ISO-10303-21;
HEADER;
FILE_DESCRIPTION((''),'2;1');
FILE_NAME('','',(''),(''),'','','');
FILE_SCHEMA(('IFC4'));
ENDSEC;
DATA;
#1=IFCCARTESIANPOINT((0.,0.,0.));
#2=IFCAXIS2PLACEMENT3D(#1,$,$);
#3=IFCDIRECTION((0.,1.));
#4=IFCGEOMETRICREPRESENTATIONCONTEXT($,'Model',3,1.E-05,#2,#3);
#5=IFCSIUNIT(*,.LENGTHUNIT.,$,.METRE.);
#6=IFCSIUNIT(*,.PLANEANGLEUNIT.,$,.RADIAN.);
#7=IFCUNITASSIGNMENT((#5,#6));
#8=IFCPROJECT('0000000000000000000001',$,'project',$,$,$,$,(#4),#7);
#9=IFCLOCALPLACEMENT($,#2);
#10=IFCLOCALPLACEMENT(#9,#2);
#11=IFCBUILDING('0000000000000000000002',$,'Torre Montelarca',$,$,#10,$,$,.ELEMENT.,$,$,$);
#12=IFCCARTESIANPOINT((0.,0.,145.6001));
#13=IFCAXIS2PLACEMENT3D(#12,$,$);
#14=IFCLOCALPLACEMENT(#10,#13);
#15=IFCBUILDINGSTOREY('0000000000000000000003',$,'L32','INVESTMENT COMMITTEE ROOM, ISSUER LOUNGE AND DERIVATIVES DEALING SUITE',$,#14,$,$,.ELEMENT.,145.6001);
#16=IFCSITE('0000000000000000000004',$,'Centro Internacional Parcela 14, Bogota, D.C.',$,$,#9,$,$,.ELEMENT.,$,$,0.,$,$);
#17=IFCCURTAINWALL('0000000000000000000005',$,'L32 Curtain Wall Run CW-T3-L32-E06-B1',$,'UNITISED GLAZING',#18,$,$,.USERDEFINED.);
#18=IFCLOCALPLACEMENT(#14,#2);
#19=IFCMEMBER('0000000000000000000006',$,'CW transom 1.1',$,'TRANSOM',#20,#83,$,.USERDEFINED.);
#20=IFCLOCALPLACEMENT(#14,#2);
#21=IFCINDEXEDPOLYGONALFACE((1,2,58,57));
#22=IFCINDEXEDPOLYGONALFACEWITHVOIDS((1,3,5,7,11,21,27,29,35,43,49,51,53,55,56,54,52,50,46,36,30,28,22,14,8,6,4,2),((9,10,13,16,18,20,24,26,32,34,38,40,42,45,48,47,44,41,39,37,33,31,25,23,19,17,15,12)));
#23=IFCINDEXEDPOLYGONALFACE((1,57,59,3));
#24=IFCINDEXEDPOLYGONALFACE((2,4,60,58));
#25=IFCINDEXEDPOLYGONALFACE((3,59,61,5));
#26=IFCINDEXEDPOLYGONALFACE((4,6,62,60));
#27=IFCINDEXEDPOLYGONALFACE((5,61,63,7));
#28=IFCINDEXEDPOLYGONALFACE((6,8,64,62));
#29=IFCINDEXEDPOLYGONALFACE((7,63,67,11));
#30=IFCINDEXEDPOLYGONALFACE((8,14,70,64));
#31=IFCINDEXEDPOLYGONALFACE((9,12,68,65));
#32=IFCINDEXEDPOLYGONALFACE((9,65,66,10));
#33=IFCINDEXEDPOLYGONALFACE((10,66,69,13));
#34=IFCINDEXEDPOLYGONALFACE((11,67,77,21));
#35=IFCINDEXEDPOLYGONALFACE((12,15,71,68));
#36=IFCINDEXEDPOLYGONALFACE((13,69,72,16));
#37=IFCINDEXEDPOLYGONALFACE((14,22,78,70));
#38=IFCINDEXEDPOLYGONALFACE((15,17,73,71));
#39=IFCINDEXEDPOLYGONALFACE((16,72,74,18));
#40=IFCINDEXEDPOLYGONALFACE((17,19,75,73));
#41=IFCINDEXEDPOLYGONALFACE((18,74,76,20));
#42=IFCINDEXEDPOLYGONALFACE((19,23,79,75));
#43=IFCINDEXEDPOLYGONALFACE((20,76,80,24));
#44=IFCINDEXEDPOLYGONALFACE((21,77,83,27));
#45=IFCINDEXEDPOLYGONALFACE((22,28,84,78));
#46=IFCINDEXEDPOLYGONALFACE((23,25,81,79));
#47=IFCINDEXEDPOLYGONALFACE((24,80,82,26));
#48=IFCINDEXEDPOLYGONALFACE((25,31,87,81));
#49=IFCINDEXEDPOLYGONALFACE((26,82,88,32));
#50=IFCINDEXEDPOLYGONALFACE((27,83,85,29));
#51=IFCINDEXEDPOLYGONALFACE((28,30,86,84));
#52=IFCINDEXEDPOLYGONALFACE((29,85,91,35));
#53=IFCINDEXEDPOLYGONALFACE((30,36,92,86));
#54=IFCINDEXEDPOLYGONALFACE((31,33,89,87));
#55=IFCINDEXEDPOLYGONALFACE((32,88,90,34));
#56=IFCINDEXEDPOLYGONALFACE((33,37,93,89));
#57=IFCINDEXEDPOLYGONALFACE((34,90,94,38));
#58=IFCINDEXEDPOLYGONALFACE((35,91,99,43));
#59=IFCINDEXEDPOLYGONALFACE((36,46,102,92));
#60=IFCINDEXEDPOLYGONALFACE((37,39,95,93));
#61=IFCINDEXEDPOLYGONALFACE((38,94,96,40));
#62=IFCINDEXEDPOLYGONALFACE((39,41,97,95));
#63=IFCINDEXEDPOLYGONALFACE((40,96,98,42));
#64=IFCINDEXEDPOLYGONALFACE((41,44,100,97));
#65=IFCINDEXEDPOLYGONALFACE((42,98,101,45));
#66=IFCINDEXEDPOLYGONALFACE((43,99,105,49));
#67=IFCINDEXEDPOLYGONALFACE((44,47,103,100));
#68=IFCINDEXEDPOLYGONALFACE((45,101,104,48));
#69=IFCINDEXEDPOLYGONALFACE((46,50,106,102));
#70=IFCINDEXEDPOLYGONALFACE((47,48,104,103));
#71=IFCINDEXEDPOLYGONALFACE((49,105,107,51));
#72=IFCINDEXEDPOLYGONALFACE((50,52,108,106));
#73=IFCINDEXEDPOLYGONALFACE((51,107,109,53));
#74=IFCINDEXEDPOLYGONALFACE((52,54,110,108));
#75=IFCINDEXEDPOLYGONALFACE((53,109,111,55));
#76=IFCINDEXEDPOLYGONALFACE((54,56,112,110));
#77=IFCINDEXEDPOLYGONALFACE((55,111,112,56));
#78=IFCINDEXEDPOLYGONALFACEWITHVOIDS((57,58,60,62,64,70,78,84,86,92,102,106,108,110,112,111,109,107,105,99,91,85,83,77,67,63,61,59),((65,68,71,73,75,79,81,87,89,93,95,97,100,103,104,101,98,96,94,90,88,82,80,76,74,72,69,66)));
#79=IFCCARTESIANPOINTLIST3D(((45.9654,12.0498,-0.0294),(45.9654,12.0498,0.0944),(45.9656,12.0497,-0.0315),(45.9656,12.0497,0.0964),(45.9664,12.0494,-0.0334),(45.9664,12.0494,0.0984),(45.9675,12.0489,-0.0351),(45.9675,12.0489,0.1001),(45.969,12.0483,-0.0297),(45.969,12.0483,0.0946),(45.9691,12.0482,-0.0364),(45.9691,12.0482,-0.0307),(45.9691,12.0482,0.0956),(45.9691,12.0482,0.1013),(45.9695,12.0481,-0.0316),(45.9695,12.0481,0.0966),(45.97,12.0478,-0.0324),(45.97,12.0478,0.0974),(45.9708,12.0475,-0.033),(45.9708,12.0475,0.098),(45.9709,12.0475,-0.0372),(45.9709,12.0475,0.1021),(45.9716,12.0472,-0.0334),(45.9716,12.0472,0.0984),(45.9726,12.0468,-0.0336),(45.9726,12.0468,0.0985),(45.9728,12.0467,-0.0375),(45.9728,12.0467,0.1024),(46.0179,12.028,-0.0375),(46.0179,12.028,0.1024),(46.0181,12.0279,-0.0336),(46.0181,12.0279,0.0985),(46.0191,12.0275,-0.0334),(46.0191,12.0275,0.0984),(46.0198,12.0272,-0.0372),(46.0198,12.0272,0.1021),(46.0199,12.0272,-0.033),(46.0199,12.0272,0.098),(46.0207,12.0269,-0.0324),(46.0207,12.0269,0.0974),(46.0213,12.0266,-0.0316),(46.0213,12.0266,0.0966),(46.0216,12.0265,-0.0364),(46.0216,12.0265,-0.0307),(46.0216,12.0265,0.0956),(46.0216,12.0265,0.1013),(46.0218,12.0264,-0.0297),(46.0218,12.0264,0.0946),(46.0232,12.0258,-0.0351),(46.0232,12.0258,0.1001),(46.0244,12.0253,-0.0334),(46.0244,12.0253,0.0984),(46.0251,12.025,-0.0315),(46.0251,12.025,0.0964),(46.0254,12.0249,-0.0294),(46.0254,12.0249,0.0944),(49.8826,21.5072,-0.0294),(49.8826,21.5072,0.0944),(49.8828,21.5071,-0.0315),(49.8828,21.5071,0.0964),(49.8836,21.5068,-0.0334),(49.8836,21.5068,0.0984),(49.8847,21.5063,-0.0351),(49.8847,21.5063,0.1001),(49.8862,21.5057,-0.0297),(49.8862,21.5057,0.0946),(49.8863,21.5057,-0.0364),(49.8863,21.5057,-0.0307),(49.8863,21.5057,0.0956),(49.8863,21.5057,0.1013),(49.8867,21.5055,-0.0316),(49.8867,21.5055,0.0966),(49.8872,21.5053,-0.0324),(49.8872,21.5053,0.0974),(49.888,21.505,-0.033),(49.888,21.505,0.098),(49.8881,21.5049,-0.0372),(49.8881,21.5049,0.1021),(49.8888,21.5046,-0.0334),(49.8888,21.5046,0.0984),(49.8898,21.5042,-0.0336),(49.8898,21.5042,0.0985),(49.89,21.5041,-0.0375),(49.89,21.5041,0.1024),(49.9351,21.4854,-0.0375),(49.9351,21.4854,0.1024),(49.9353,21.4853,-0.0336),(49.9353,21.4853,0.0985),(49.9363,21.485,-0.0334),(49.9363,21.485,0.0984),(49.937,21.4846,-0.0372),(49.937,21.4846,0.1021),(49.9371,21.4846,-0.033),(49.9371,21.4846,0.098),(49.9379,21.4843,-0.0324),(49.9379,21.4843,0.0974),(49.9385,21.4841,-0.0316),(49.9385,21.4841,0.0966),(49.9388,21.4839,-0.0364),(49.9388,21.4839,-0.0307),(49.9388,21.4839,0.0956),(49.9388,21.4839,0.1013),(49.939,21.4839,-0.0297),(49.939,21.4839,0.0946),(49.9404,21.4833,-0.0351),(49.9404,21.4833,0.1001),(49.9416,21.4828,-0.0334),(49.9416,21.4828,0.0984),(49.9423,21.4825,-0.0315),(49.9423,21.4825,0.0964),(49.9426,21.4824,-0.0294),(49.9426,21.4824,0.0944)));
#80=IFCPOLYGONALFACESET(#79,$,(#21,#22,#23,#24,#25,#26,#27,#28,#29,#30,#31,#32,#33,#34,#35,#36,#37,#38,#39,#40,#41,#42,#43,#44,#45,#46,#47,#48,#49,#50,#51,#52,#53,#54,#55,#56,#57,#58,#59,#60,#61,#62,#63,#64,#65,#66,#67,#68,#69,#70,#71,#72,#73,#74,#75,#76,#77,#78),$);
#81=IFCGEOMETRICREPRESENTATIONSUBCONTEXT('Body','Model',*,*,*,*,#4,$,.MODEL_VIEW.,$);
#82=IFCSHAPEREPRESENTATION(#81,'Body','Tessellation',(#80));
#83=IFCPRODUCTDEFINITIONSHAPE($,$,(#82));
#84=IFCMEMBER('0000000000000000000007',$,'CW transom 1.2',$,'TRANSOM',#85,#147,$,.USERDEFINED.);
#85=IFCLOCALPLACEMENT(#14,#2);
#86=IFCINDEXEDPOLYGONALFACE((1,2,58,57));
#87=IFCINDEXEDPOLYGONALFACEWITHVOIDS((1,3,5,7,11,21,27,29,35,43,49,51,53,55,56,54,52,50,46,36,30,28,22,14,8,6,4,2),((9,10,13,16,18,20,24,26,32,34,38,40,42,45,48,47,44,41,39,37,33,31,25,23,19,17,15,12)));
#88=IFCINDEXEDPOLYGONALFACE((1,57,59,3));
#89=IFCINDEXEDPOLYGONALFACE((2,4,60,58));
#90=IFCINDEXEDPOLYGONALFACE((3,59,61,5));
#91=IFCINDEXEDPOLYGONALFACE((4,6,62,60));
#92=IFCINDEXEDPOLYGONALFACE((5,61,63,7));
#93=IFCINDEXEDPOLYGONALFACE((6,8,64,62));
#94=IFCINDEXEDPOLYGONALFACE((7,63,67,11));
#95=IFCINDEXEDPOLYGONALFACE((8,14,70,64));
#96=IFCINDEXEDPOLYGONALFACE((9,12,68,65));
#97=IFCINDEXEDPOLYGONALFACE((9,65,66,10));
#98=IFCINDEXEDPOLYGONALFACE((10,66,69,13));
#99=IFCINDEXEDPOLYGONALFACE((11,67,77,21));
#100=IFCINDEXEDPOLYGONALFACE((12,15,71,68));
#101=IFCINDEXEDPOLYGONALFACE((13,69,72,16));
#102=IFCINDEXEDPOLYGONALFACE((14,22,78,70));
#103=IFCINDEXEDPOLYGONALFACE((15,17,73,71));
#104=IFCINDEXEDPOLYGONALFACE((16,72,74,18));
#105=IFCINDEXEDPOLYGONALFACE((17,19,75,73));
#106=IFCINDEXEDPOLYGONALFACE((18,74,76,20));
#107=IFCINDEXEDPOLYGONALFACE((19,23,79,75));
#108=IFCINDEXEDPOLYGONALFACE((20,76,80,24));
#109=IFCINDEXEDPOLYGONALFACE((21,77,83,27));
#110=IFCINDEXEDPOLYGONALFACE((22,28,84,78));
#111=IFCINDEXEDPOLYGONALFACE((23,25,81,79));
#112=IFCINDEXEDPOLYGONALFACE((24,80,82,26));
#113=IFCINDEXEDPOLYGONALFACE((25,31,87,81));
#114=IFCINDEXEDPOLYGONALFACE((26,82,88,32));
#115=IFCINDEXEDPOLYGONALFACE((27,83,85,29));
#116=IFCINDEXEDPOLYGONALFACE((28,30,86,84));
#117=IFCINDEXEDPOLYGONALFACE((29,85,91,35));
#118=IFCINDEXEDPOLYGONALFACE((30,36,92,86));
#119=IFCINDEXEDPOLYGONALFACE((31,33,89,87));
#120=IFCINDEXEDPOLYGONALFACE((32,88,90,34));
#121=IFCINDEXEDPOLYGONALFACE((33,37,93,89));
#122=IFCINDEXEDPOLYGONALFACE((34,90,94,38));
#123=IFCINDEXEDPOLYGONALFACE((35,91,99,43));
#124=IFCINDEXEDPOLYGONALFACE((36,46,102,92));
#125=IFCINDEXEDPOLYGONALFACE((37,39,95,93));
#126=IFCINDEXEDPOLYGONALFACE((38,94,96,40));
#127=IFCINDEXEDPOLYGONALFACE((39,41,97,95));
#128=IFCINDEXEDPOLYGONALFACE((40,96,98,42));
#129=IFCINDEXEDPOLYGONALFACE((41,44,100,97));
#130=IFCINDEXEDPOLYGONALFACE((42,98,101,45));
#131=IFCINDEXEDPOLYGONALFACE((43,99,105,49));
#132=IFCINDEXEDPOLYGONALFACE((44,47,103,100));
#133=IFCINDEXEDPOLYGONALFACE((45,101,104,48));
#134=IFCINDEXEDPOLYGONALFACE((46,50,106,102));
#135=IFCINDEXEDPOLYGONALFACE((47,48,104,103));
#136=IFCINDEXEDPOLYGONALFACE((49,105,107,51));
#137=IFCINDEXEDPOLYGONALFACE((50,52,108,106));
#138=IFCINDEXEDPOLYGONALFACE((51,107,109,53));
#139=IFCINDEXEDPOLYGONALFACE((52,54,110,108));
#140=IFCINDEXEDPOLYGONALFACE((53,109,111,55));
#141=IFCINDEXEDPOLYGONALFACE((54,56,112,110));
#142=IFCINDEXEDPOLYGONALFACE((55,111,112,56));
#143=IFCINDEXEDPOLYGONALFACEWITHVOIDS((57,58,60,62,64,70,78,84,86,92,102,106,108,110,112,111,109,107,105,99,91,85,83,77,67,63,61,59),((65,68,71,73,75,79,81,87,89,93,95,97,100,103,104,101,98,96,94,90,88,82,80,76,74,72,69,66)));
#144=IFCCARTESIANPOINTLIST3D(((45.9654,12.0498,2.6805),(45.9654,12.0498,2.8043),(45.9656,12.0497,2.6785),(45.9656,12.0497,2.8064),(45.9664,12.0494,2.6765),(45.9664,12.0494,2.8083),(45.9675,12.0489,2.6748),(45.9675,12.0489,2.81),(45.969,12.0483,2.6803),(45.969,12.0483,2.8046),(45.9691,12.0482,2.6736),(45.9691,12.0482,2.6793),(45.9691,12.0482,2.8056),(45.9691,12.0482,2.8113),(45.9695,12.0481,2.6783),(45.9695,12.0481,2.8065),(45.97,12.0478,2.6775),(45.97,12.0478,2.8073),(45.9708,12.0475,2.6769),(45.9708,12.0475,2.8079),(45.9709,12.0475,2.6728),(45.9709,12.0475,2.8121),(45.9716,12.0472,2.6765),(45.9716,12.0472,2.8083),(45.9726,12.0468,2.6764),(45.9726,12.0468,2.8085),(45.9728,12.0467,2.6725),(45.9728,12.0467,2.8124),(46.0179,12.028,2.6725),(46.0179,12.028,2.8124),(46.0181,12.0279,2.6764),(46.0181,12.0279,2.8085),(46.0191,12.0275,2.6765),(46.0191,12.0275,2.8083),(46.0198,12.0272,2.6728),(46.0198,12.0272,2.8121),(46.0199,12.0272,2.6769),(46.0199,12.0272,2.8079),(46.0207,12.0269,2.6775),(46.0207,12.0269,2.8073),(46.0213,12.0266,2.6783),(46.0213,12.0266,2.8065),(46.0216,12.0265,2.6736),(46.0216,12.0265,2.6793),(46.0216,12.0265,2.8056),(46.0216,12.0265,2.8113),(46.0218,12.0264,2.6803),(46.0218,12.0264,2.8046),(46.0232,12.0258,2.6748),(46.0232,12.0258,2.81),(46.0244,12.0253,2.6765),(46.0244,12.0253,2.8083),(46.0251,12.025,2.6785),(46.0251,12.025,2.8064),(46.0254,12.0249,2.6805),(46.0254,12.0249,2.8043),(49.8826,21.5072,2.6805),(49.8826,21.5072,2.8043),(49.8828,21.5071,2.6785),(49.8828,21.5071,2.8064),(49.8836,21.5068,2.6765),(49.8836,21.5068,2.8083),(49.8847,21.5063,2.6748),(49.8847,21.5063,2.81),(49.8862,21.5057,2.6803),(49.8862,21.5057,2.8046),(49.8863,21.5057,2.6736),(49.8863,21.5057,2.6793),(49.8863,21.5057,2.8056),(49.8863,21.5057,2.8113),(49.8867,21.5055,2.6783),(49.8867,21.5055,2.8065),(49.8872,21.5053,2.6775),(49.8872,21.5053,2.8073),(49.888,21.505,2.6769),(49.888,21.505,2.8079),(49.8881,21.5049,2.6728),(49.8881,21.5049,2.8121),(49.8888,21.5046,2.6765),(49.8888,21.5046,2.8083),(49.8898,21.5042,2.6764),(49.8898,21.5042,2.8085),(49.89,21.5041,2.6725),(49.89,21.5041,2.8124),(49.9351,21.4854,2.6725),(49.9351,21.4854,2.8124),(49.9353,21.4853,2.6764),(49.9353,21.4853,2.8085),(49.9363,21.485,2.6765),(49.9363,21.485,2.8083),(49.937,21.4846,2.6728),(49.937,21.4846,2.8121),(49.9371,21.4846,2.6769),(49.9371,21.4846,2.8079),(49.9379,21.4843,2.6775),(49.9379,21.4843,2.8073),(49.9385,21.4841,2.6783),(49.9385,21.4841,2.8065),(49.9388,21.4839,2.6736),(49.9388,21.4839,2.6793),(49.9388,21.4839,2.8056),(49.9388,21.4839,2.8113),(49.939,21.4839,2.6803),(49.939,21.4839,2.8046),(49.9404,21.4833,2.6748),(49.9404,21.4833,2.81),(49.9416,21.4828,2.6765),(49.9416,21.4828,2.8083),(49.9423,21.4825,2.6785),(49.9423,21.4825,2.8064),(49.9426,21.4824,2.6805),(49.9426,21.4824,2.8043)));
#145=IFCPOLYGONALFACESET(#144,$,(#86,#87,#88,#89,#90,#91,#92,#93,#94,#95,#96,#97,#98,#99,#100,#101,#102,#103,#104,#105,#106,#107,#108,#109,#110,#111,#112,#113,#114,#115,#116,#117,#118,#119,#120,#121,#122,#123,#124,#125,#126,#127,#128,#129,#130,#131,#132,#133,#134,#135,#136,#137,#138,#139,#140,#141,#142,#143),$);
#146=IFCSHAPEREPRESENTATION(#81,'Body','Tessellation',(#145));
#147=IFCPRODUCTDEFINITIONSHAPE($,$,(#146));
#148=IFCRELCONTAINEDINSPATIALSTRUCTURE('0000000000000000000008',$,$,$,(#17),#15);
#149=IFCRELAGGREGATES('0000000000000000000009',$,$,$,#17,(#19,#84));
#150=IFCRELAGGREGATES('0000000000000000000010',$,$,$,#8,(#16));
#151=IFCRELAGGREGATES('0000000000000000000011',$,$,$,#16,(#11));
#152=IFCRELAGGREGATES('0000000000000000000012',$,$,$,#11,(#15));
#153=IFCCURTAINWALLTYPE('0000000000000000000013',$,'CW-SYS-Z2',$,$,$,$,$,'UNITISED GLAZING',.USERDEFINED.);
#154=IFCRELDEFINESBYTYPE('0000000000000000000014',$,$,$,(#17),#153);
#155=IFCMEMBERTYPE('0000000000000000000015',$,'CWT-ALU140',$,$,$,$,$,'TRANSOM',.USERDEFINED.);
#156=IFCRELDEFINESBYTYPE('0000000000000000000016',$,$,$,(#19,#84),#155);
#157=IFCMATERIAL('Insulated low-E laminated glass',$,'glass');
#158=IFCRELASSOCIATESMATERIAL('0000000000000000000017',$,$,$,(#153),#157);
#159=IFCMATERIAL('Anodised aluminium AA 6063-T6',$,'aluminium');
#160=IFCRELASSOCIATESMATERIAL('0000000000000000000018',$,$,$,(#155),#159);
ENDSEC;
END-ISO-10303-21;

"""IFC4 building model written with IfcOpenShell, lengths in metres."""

from ifc_helpers import new_model, si_unit, direction, frame, origin, origin_2d, place, context, subcontext, project, spatial, hollow_rectangle, extrude, source, transform, mapped, material, material_profile, profile_set, type_object, element, aggregate, save


model = new_model("IFC4")

# Units and contexts
model_context = context("Model", 3, precision=1e-05, world=origin(), true_north=direction((0.0, 1.0)))
body_context = subcontext(model_context, "Body", "Model", "MODEL_VIEW")
ifc_project = project(units=[si_unit("LENGTHUNIT", "METRE"), si_unit("PLANEANGLEUNIT", "RADIAN")], contexts=[model_context])

# Site, building, storey
site_placement = place(None, origin())
site = spatial("IfcSite", under=ifc_project, at=site_placement, Name="Centro Internacional Parcela 14, Bogota, D.C.", CompositionType="ELEMENT", RefElevation=0.0)
building_placement = place(site_placement, origin())
building = spatial("IfcBuilding", under=site, at=building_placement, Name="Torre Montelarca", CompositionType="ELEMENT")
storey_placement = place(building_placement, frame((0.0, 0.0, 145.6001)))
storey = spatial("IfcBuildingStorey", under=building, at=storey_placement, Name="L32", Description="INVESTMENT COMMITTEE ROOM, ISSUER LOUNGE AND DERIVATIVES DEALING SUITE", CompositionType="ELEMENT", Elevation=145.6001)

# Curtain wall, members
ifc_material_1 = material(Name="Insulated low-E laminated glass", Category="glass")
curtain_wall_type = type_object("IfcCurtainWallType", Name="CW-SYS-Z2", ElementType="UNITISED GLAZING", PredefinedType="USERDEFINED", material=ifc_material_1)
ifc_material_2 = material(Name="Anodised aluminium AA 6063-T6", Category="aluminium")
ifc_material_profile_1 = material_profile(ifc_material_2, hollow_rectangle(XDim=0.0649, YDim=0.1399, WallThickness=0.0039, InnerFilletRadius=0.0039, OuterFilletRadius=0.0081, at=origin_2d()), Name="ALU65X140X4", Category="aluminium")
ifc_profile_set_1 = profile_set([ifc_material_profile_1], Name="Anodised aluminium AA 6063-T6")
member_type_1 = type_object("IfcMemberType", Name="CWT-ALU140", ElementType="TRANSOM", PredefinedType="USERDEFINED", material=ifc_profile_set_1)
curtain_wall_1_placement = place(storey_placement, origin())
curtain_wall_1 = element("IfcCurtainWall", 1, at=curtain_wall_1_placement, inside=storey, type_object=curtain_wall_type, Name="L32 Curtain Wall Run CW-T3-L32-E06-B1", ObjectType="UNITISED GLAZING", PredefinedType="USERDEFINED")
shared_shape_1 = source(origin(), body_context, "Body", "SweptSolid", [
    extrude(hollow_rectangle(XDim=0.0649, YDim=0.1399, WallThickness=0.0039, InnerFilletRadius=0.0039, OuterFilletRadius=0.0081, at=origin_2d()), origin(), (0.0, 0.0, 1.0), 10.2366),
])
member_1_placement = place(storey_placement, frame((45.9954, 12.0374, 0.0325), z_axis=(0.382667, 0.923886, 0.0), x_axis=(-0.923886, 0.382667, 0.0)))
member_1 = element("IfcMember", 2, at=member_1_placement, type_object=member_type_1, Name="CW transom 1.1", ObjectType="TRANSOM", PredefinedType="USERDEFINED", context=body_context, shape_type="MappedRepresentation", body=[
    mapped(shared_shape_1, transform((0.0, 0.0, 0.0), scale=1.0)),
])
member_2_placement = place(storey_placement, frame((45.9954, 12.0374, 2.7424), z_axis=(0.382667, 0.923886, 0.0), x_axis=(-0.923886, 0.382667, 0.0)))
member_2 = element("IfcMember", 3, at=member_2_placement, type_object=member_type_1, Name="CW transom 1.2", ObjectType="TRANSOM", PredefinedType="USERDEFINED", context=body_context, shape_type="MappedRepresentation", body=[
    mapped(shared_shape_1, transform((0.0, 0.0, 0.0), scale=1.0)),
])

aggregate(curtain_wall_1, [member_1, member_2])

save(model, "model.ifc")
